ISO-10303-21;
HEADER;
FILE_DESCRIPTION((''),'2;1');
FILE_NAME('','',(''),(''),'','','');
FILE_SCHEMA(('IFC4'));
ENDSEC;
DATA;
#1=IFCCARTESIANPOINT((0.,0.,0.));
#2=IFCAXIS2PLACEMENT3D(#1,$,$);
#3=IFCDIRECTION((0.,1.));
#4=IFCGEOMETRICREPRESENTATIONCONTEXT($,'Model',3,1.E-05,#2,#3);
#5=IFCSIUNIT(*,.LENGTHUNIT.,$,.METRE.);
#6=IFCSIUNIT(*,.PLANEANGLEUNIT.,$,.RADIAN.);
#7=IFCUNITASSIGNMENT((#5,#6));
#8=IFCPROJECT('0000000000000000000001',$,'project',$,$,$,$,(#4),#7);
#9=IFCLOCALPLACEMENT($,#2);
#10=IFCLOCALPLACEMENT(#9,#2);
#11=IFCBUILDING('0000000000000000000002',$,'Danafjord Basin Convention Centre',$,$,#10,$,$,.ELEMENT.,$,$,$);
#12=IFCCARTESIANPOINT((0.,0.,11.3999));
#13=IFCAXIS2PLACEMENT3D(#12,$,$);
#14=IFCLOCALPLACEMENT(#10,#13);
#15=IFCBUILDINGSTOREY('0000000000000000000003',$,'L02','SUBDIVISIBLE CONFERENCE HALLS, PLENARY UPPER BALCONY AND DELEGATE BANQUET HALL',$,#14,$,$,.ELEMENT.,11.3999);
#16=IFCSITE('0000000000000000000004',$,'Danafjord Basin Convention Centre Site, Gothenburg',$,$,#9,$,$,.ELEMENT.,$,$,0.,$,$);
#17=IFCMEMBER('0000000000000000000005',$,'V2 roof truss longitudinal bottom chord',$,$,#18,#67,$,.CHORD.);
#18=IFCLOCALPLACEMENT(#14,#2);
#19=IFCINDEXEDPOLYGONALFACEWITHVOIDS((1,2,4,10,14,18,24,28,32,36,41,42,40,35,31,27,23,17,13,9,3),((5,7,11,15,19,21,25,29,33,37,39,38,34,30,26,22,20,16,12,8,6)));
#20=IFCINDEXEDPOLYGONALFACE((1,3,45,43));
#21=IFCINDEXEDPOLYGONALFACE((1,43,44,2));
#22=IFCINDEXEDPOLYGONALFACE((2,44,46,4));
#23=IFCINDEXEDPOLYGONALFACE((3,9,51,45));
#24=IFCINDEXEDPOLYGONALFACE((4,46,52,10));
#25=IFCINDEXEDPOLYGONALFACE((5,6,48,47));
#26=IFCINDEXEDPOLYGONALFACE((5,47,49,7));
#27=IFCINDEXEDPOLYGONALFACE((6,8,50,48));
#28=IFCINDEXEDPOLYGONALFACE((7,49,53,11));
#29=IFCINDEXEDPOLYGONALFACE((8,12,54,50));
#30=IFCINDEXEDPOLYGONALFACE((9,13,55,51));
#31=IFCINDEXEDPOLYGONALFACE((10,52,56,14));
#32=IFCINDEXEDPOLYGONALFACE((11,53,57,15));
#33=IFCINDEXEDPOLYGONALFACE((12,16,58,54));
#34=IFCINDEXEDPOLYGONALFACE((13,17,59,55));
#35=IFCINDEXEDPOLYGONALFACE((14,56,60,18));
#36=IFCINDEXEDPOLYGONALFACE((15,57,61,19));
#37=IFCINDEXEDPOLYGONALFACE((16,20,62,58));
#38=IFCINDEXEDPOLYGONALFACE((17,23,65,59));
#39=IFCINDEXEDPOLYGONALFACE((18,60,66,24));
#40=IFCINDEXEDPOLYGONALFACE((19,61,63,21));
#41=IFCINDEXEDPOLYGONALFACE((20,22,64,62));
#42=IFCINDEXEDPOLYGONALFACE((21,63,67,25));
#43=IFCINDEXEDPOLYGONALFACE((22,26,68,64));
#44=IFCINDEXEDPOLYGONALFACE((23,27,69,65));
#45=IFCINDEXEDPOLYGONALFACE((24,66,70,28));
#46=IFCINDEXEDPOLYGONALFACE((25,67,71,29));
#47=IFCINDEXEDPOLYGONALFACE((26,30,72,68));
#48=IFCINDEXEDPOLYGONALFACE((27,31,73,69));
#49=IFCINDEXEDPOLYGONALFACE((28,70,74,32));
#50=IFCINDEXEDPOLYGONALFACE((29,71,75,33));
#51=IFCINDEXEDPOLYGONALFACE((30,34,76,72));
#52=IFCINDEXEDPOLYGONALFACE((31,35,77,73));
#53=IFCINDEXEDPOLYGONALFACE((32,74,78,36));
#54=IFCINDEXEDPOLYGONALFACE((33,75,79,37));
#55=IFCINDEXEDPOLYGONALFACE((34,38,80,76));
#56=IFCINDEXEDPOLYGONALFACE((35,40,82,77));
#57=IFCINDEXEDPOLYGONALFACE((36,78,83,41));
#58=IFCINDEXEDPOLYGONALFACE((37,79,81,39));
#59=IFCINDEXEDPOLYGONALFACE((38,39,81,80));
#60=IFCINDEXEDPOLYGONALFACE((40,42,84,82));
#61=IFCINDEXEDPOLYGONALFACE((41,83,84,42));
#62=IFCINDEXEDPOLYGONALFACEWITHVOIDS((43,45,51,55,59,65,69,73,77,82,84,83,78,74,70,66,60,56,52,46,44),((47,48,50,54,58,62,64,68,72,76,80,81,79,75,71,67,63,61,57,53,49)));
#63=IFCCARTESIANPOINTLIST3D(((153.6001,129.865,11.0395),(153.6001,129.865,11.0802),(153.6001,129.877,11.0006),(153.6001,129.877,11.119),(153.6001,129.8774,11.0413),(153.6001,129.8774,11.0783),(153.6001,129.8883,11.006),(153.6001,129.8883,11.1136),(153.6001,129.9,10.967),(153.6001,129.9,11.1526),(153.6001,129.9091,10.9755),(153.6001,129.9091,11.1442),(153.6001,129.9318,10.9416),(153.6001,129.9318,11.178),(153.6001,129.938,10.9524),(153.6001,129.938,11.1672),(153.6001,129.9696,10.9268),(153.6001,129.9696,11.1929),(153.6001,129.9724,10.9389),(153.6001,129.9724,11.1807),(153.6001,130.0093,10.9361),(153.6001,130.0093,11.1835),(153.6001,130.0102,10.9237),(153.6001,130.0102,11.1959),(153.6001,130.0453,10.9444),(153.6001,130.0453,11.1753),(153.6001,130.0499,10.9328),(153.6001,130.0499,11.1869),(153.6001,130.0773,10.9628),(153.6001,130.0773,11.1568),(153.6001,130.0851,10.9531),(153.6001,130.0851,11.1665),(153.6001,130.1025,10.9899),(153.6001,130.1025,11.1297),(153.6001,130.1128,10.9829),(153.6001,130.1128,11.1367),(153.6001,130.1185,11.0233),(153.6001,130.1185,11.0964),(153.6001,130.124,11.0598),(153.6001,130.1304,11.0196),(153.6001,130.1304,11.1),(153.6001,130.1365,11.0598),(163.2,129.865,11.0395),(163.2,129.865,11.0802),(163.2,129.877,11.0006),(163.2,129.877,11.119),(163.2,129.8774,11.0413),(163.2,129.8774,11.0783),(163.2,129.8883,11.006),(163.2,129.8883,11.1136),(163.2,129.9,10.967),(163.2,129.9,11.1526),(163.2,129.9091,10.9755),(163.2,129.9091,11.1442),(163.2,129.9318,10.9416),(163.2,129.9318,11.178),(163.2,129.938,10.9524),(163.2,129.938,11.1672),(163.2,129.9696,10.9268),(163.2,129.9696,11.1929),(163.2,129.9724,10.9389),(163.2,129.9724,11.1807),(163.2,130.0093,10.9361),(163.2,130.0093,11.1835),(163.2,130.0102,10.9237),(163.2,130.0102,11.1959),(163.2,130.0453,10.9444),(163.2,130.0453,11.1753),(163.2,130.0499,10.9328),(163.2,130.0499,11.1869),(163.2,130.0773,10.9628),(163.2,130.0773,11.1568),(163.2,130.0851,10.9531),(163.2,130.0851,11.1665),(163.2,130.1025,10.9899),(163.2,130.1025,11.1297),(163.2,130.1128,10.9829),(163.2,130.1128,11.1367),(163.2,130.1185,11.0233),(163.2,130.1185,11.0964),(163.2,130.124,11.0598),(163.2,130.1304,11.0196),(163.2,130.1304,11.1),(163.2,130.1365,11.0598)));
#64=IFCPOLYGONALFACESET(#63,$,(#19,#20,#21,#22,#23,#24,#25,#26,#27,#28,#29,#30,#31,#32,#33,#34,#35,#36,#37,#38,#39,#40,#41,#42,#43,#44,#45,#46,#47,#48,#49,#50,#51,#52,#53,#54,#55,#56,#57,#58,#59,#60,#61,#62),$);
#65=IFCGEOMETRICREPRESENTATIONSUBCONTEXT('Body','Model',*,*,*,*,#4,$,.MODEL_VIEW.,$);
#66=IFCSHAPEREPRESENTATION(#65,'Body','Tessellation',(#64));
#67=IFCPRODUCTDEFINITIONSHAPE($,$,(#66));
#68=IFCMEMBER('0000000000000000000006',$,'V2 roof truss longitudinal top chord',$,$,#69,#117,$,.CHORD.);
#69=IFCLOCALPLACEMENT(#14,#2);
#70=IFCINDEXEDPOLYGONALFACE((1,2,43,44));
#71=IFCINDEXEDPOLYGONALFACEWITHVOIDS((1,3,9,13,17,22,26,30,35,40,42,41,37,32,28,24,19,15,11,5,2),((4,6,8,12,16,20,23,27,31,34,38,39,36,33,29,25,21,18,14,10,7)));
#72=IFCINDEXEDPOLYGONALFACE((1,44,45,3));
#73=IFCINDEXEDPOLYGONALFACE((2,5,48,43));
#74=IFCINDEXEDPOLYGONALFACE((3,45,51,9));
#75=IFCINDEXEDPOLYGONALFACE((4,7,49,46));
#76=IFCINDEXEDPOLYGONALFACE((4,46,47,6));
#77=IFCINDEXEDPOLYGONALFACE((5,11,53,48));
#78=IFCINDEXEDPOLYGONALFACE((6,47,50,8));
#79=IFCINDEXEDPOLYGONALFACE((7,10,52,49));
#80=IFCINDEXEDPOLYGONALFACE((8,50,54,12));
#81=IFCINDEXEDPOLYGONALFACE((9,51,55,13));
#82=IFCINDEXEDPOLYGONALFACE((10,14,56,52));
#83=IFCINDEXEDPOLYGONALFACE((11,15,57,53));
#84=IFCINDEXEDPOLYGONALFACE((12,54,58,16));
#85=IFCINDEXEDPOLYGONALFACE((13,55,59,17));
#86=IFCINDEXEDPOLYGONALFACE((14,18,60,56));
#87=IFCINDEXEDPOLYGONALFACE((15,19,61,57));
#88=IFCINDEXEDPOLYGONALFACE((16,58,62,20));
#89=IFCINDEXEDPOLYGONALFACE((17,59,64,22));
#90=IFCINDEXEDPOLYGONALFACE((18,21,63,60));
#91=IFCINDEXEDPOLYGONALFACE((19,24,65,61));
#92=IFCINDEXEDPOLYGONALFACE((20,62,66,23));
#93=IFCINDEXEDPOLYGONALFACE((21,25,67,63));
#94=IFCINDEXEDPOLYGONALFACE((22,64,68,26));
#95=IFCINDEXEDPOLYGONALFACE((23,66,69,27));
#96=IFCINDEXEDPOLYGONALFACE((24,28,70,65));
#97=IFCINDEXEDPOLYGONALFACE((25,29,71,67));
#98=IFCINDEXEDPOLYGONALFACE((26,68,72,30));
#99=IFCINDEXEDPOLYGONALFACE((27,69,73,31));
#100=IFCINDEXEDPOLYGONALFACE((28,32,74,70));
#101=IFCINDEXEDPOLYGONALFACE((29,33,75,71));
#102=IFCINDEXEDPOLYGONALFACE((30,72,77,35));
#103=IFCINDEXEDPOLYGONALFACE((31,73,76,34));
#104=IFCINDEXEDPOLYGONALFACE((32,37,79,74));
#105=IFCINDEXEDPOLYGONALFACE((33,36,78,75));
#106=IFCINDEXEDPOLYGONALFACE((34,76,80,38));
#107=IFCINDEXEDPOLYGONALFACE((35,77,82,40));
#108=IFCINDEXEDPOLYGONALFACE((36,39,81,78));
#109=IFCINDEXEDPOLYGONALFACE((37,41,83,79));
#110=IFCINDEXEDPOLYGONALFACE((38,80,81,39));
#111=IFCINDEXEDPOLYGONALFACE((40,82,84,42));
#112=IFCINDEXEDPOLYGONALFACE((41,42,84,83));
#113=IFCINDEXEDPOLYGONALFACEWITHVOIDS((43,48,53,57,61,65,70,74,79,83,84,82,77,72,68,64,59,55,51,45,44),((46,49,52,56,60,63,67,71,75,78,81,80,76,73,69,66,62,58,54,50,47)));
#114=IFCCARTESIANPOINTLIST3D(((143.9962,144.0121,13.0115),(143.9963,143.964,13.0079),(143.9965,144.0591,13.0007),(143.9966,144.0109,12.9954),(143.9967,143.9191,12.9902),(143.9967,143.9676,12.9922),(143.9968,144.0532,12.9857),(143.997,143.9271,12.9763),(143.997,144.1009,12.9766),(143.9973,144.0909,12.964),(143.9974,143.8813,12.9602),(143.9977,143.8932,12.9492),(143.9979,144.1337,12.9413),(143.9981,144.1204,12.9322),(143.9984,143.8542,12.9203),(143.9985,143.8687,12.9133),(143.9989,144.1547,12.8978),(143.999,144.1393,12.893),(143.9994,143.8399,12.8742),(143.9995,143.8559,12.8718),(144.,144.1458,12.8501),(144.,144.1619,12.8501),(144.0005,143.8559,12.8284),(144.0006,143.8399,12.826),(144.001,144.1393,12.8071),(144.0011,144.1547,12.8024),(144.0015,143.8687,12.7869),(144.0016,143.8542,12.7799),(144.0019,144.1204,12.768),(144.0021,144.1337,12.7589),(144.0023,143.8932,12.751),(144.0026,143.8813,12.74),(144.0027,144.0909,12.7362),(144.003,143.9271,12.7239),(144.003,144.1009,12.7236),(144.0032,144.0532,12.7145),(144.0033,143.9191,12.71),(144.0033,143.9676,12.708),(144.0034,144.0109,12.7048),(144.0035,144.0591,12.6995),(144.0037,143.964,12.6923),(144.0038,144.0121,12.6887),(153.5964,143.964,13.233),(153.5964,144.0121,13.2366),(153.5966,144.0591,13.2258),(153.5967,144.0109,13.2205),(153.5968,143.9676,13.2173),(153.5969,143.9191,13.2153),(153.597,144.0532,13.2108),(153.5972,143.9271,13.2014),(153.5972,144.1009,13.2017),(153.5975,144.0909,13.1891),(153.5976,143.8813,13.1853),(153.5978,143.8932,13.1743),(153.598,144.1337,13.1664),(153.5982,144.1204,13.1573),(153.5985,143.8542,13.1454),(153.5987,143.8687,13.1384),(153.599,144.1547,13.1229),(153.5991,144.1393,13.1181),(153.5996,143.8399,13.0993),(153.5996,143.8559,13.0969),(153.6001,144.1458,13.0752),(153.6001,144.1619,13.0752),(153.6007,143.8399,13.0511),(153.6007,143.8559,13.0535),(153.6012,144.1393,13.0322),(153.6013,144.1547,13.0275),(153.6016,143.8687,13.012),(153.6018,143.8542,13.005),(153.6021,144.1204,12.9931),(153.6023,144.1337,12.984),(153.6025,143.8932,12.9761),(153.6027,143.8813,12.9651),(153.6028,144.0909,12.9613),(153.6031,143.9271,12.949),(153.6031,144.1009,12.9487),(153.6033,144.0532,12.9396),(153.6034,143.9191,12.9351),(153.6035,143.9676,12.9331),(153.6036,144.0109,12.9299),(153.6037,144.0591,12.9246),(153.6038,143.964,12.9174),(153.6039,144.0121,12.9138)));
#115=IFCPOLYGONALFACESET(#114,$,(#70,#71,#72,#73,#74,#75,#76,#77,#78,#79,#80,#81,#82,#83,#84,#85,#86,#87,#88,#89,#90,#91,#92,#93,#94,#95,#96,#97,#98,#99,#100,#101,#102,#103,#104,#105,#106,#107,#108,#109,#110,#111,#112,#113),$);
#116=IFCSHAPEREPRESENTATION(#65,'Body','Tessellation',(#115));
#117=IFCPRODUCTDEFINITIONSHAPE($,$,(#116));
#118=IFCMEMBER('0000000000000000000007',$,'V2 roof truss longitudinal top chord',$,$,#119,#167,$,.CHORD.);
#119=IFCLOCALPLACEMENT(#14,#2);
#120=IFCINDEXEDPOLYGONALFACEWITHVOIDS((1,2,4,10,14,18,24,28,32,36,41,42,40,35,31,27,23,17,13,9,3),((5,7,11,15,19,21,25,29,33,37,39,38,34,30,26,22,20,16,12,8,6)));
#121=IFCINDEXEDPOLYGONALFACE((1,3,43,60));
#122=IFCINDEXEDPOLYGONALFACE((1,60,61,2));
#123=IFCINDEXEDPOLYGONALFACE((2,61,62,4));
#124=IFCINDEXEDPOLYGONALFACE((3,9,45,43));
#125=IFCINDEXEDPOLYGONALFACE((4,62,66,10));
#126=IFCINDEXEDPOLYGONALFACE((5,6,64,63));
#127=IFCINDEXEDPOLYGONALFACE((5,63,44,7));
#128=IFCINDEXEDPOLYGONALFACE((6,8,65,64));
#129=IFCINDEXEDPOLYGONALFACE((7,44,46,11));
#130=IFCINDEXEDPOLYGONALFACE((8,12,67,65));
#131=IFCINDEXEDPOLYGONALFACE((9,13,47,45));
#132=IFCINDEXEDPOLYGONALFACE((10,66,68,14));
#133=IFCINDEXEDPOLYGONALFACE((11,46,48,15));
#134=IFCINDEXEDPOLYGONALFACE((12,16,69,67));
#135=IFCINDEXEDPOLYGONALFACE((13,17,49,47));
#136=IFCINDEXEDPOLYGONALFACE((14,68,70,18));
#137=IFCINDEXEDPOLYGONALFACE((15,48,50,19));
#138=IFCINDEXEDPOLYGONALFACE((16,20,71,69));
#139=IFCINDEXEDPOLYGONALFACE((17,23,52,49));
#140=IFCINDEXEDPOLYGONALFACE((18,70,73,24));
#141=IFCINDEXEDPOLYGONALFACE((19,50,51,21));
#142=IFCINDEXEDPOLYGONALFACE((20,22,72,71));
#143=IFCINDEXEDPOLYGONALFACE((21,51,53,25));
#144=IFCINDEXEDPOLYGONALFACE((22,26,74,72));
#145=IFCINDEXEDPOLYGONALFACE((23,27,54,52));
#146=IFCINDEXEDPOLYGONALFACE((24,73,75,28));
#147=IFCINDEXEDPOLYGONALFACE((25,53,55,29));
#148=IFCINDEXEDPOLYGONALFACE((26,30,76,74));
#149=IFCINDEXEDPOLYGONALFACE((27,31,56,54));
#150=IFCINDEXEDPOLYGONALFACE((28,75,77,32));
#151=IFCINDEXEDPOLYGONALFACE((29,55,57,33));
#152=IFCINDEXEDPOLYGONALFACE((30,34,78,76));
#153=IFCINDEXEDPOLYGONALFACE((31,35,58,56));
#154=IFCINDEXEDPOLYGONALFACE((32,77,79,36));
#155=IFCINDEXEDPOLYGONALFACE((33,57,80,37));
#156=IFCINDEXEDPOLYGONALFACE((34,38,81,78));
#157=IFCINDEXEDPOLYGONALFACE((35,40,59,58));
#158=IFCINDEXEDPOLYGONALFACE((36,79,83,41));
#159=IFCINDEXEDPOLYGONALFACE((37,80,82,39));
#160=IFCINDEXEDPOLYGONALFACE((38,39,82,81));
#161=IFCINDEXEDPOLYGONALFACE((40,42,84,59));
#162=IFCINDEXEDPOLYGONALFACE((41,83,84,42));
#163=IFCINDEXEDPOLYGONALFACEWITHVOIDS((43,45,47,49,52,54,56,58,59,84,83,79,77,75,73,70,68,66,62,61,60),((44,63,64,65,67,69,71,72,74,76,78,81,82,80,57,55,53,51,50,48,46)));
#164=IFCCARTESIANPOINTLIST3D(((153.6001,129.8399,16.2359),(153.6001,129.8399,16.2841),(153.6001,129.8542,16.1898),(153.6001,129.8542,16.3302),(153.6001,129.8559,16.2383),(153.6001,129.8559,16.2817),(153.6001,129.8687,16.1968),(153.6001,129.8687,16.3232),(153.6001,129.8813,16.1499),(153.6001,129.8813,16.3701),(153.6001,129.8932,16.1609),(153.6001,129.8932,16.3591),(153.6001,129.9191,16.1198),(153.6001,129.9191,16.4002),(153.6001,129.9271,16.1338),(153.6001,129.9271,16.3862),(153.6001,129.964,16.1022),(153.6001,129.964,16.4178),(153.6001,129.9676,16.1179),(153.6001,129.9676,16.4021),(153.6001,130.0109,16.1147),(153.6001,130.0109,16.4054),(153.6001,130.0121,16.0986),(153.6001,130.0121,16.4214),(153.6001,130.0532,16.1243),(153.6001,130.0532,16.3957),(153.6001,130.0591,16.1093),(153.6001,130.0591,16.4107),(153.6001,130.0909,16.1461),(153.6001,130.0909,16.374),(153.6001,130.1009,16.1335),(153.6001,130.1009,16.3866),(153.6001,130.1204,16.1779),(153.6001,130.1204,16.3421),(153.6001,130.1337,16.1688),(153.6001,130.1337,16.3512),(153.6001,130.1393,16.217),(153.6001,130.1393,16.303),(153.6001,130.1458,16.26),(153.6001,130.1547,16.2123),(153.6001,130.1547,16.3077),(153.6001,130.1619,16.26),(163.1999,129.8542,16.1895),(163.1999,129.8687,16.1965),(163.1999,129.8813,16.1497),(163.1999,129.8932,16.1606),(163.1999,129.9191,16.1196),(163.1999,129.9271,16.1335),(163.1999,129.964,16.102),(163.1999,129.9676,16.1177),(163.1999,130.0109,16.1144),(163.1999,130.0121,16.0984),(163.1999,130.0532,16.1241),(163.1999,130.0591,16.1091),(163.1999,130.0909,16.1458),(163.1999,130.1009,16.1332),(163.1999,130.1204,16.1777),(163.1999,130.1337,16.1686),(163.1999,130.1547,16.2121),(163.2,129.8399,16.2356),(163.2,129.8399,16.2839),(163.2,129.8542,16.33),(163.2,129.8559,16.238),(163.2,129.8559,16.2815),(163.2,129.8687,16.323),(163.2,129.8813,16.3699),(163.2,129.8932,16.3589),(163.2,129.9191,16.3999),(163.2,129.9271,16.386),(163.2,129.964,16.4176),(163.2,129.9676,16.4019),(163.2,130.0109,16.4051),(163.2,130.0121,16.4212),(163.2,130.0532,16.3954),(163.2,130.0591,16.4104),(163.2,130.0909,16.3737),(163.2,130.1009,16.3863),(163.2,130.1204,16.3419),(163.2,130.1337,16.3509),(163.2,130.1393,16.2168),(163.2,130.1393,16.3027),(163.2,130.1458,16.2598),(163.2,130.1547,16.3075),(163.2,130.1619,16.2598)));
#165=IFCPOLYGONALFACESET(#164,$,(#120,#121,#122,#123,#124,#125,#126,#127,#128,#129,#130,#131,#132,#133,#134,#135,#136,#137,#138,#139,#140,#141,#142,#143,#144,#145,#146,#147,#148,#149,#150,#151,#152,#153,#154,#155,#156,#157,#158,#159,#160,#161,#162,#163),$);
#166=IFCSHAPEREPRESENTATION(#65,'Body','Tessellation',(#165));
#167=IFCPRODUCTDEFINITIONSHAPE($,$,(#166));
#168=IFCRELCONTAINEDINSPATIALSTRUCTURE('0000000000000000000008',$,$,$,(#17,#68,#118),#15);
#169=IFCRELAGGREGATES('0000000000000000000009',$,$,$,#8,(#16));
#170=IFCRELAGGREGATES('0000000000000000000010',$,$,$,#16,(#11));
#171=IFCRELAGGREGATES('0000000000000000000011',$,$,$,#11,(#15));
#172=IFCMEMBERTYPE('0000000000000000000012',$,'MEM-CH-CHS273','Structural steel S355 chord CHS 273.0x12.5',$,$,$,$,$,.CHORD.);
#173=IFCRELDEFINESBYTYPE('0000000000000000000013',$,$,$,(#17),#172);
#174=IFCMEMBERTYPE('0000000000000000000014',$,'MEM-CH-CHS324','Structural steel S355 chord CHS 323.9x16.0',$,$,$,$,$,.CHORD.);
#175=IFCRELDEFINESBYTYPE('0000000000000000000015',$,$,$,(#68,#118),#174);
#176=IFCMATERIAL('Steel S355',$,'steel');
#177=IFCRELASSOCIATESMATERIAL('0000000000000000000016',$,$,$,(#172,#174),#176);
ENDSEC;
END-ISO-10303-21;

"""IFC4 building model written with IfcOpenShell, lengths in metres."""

from ifc_helpers import new_model, si_unit, direction, frame, origin, origin_2d, place, context, subcontext, project, spatial, hollow_circle, extrude, material, material_profile, profile_set, type_object, element, save


model = new_model("IFC4")

# Units and contexts
model_context = context("Model", 3, precision=1e-05, world=origin(), true_north=direction((0.0, 1.0)))
body_context = subcontext(model_context, "Body", "Model", "MODEL_VIEW")
ifc_project = project(units=[si_unit("LENGTHUNIT", "METRE"), si_unit("PLANEANGLEUNIT", "RADIAN")], contexts=[model_context])

# Site, building, storey
site_placement = place(None, origin())
site = spatial("IfcSite", under=ifc_project, at=site_placement, Name="Danafjord Basin Convention Centre Site, Gothenburg", CompositionType="ELEMENT", RefElevation=0.0)
building_placement = place(site_placement, origin())
building = spatial("IfcBuilding", under=site, at=building_placement, Name="Danafjord Basin Convention Centre", CompositionType="ELEMENT")
storey_placement = place(building_placement, frame((0.0, 0.0, 11.3999)))
storey = spatial("IfcBuildingStorey", under=building, at=storey_placement, Name="L02", Description="SUBDIVISIBLE CONFERENCE HALLS, PLENARY UPPER BALCONY AND DELEGATE BANQUET HALL", CompositionType="ELEMENT", Elevation=11.3999)

# Shared definitions
ifc_material = material(Name="Steel S355", Category="steel")

# Members
ifc_material_profile_1 = material_profile(ifc_material, hollow_circle(Radius=0.1365, WallThickness=0.0125, at=origin_2d()), Name="CHS 273.0x12.5")
ifc_profile_set_1 = profile_set([ifc_material_profile_1], Name="Steel S355")
member_type_1 = type_object("IfcMemberType", Name="MEM-CH-CHS273", Description="Structural steel S355 chord CHS 273.0x12.5", PredefinedType="CHORD", material=ifc_profile_set_1)
member_1_placement = place(storey_placement, frame((153.6001, 130.0, 11.0598), z_axis=(1.0, 0.0, 0.0), x_axis=(0.0, 1.0, 0.0)))
element("IfcMember", 1, at=member_1_placement, inside=storey, type_object=member_type_1, Name="V2 roof truss longitudinal bottom chord", PredefinedType="CHORD", context=body_context, shape_type="SweptSolid", body=[
    extrude(hollow_circle(Radius=0.1365, WallThickness=0.0125, at=origin_2d()), origin(), (0.0, 0.0, 1.0), 9.5999),
])
ifc_material_profile_2 = material_profile(ifc_material, hollow_circle(Radius=0.1619, WallThickness=0.0161, at=origin_2d()), Name="CHS 323.9x16.0")
ifc_profile_set_2 = profile_set([ifc_material_profile_2], Name="Steel S355")
member_type_2 = type_object("IfcMemberType", Name="MEM-CH-CHS324", Description="Structural steel S355 chord CHS 323.9x16.0", PredefinedType="CHORD", material=ifc_profile_set_2)
member_2_placement = place(storey_placement, frame((144.0, 144.0, 12.8501), z_axis=(0.999725, 0.0, 0.023441), x_axis=(0.0, 1.0, 0.0)))
element("IfcMember", 2, at=member_2_placement, inside=storey, type_object=member_type_2, Name="V2 roof truss longitudinal top chord", PredefinedType="CHORD", context=body_context, shape_type="SweptSolid", body=[
    extrude(hollow_circle(Radius=0.1619, WallThickness=0.0161, at=origin_2d()), origin(), (0.0, 0.0, 1.0), 9.6028),
])
member_3_placement = place(storey_placement, frame((153.6001, 130.0, 16.26), z_axis=(1.0, 0.0, -0.000025), x_axis=(0.0, 1.0, 0.0)))
element("IfcMember", 3, at=member_3_placement, inside=storey, type_object=member_type_2, Name="V2 roof truss longitudinal top chord", PredefinedType="CHORD", context=body_context, shape_type="SweptSolid", body=[
    extrude(hollow_circle(Radius=0.1619, WallThickness=0.0161, at=origin_2d()), origin(), (0.0, 0.0, 1.0), 9.5999),
])

save(model, "model.ifc")
